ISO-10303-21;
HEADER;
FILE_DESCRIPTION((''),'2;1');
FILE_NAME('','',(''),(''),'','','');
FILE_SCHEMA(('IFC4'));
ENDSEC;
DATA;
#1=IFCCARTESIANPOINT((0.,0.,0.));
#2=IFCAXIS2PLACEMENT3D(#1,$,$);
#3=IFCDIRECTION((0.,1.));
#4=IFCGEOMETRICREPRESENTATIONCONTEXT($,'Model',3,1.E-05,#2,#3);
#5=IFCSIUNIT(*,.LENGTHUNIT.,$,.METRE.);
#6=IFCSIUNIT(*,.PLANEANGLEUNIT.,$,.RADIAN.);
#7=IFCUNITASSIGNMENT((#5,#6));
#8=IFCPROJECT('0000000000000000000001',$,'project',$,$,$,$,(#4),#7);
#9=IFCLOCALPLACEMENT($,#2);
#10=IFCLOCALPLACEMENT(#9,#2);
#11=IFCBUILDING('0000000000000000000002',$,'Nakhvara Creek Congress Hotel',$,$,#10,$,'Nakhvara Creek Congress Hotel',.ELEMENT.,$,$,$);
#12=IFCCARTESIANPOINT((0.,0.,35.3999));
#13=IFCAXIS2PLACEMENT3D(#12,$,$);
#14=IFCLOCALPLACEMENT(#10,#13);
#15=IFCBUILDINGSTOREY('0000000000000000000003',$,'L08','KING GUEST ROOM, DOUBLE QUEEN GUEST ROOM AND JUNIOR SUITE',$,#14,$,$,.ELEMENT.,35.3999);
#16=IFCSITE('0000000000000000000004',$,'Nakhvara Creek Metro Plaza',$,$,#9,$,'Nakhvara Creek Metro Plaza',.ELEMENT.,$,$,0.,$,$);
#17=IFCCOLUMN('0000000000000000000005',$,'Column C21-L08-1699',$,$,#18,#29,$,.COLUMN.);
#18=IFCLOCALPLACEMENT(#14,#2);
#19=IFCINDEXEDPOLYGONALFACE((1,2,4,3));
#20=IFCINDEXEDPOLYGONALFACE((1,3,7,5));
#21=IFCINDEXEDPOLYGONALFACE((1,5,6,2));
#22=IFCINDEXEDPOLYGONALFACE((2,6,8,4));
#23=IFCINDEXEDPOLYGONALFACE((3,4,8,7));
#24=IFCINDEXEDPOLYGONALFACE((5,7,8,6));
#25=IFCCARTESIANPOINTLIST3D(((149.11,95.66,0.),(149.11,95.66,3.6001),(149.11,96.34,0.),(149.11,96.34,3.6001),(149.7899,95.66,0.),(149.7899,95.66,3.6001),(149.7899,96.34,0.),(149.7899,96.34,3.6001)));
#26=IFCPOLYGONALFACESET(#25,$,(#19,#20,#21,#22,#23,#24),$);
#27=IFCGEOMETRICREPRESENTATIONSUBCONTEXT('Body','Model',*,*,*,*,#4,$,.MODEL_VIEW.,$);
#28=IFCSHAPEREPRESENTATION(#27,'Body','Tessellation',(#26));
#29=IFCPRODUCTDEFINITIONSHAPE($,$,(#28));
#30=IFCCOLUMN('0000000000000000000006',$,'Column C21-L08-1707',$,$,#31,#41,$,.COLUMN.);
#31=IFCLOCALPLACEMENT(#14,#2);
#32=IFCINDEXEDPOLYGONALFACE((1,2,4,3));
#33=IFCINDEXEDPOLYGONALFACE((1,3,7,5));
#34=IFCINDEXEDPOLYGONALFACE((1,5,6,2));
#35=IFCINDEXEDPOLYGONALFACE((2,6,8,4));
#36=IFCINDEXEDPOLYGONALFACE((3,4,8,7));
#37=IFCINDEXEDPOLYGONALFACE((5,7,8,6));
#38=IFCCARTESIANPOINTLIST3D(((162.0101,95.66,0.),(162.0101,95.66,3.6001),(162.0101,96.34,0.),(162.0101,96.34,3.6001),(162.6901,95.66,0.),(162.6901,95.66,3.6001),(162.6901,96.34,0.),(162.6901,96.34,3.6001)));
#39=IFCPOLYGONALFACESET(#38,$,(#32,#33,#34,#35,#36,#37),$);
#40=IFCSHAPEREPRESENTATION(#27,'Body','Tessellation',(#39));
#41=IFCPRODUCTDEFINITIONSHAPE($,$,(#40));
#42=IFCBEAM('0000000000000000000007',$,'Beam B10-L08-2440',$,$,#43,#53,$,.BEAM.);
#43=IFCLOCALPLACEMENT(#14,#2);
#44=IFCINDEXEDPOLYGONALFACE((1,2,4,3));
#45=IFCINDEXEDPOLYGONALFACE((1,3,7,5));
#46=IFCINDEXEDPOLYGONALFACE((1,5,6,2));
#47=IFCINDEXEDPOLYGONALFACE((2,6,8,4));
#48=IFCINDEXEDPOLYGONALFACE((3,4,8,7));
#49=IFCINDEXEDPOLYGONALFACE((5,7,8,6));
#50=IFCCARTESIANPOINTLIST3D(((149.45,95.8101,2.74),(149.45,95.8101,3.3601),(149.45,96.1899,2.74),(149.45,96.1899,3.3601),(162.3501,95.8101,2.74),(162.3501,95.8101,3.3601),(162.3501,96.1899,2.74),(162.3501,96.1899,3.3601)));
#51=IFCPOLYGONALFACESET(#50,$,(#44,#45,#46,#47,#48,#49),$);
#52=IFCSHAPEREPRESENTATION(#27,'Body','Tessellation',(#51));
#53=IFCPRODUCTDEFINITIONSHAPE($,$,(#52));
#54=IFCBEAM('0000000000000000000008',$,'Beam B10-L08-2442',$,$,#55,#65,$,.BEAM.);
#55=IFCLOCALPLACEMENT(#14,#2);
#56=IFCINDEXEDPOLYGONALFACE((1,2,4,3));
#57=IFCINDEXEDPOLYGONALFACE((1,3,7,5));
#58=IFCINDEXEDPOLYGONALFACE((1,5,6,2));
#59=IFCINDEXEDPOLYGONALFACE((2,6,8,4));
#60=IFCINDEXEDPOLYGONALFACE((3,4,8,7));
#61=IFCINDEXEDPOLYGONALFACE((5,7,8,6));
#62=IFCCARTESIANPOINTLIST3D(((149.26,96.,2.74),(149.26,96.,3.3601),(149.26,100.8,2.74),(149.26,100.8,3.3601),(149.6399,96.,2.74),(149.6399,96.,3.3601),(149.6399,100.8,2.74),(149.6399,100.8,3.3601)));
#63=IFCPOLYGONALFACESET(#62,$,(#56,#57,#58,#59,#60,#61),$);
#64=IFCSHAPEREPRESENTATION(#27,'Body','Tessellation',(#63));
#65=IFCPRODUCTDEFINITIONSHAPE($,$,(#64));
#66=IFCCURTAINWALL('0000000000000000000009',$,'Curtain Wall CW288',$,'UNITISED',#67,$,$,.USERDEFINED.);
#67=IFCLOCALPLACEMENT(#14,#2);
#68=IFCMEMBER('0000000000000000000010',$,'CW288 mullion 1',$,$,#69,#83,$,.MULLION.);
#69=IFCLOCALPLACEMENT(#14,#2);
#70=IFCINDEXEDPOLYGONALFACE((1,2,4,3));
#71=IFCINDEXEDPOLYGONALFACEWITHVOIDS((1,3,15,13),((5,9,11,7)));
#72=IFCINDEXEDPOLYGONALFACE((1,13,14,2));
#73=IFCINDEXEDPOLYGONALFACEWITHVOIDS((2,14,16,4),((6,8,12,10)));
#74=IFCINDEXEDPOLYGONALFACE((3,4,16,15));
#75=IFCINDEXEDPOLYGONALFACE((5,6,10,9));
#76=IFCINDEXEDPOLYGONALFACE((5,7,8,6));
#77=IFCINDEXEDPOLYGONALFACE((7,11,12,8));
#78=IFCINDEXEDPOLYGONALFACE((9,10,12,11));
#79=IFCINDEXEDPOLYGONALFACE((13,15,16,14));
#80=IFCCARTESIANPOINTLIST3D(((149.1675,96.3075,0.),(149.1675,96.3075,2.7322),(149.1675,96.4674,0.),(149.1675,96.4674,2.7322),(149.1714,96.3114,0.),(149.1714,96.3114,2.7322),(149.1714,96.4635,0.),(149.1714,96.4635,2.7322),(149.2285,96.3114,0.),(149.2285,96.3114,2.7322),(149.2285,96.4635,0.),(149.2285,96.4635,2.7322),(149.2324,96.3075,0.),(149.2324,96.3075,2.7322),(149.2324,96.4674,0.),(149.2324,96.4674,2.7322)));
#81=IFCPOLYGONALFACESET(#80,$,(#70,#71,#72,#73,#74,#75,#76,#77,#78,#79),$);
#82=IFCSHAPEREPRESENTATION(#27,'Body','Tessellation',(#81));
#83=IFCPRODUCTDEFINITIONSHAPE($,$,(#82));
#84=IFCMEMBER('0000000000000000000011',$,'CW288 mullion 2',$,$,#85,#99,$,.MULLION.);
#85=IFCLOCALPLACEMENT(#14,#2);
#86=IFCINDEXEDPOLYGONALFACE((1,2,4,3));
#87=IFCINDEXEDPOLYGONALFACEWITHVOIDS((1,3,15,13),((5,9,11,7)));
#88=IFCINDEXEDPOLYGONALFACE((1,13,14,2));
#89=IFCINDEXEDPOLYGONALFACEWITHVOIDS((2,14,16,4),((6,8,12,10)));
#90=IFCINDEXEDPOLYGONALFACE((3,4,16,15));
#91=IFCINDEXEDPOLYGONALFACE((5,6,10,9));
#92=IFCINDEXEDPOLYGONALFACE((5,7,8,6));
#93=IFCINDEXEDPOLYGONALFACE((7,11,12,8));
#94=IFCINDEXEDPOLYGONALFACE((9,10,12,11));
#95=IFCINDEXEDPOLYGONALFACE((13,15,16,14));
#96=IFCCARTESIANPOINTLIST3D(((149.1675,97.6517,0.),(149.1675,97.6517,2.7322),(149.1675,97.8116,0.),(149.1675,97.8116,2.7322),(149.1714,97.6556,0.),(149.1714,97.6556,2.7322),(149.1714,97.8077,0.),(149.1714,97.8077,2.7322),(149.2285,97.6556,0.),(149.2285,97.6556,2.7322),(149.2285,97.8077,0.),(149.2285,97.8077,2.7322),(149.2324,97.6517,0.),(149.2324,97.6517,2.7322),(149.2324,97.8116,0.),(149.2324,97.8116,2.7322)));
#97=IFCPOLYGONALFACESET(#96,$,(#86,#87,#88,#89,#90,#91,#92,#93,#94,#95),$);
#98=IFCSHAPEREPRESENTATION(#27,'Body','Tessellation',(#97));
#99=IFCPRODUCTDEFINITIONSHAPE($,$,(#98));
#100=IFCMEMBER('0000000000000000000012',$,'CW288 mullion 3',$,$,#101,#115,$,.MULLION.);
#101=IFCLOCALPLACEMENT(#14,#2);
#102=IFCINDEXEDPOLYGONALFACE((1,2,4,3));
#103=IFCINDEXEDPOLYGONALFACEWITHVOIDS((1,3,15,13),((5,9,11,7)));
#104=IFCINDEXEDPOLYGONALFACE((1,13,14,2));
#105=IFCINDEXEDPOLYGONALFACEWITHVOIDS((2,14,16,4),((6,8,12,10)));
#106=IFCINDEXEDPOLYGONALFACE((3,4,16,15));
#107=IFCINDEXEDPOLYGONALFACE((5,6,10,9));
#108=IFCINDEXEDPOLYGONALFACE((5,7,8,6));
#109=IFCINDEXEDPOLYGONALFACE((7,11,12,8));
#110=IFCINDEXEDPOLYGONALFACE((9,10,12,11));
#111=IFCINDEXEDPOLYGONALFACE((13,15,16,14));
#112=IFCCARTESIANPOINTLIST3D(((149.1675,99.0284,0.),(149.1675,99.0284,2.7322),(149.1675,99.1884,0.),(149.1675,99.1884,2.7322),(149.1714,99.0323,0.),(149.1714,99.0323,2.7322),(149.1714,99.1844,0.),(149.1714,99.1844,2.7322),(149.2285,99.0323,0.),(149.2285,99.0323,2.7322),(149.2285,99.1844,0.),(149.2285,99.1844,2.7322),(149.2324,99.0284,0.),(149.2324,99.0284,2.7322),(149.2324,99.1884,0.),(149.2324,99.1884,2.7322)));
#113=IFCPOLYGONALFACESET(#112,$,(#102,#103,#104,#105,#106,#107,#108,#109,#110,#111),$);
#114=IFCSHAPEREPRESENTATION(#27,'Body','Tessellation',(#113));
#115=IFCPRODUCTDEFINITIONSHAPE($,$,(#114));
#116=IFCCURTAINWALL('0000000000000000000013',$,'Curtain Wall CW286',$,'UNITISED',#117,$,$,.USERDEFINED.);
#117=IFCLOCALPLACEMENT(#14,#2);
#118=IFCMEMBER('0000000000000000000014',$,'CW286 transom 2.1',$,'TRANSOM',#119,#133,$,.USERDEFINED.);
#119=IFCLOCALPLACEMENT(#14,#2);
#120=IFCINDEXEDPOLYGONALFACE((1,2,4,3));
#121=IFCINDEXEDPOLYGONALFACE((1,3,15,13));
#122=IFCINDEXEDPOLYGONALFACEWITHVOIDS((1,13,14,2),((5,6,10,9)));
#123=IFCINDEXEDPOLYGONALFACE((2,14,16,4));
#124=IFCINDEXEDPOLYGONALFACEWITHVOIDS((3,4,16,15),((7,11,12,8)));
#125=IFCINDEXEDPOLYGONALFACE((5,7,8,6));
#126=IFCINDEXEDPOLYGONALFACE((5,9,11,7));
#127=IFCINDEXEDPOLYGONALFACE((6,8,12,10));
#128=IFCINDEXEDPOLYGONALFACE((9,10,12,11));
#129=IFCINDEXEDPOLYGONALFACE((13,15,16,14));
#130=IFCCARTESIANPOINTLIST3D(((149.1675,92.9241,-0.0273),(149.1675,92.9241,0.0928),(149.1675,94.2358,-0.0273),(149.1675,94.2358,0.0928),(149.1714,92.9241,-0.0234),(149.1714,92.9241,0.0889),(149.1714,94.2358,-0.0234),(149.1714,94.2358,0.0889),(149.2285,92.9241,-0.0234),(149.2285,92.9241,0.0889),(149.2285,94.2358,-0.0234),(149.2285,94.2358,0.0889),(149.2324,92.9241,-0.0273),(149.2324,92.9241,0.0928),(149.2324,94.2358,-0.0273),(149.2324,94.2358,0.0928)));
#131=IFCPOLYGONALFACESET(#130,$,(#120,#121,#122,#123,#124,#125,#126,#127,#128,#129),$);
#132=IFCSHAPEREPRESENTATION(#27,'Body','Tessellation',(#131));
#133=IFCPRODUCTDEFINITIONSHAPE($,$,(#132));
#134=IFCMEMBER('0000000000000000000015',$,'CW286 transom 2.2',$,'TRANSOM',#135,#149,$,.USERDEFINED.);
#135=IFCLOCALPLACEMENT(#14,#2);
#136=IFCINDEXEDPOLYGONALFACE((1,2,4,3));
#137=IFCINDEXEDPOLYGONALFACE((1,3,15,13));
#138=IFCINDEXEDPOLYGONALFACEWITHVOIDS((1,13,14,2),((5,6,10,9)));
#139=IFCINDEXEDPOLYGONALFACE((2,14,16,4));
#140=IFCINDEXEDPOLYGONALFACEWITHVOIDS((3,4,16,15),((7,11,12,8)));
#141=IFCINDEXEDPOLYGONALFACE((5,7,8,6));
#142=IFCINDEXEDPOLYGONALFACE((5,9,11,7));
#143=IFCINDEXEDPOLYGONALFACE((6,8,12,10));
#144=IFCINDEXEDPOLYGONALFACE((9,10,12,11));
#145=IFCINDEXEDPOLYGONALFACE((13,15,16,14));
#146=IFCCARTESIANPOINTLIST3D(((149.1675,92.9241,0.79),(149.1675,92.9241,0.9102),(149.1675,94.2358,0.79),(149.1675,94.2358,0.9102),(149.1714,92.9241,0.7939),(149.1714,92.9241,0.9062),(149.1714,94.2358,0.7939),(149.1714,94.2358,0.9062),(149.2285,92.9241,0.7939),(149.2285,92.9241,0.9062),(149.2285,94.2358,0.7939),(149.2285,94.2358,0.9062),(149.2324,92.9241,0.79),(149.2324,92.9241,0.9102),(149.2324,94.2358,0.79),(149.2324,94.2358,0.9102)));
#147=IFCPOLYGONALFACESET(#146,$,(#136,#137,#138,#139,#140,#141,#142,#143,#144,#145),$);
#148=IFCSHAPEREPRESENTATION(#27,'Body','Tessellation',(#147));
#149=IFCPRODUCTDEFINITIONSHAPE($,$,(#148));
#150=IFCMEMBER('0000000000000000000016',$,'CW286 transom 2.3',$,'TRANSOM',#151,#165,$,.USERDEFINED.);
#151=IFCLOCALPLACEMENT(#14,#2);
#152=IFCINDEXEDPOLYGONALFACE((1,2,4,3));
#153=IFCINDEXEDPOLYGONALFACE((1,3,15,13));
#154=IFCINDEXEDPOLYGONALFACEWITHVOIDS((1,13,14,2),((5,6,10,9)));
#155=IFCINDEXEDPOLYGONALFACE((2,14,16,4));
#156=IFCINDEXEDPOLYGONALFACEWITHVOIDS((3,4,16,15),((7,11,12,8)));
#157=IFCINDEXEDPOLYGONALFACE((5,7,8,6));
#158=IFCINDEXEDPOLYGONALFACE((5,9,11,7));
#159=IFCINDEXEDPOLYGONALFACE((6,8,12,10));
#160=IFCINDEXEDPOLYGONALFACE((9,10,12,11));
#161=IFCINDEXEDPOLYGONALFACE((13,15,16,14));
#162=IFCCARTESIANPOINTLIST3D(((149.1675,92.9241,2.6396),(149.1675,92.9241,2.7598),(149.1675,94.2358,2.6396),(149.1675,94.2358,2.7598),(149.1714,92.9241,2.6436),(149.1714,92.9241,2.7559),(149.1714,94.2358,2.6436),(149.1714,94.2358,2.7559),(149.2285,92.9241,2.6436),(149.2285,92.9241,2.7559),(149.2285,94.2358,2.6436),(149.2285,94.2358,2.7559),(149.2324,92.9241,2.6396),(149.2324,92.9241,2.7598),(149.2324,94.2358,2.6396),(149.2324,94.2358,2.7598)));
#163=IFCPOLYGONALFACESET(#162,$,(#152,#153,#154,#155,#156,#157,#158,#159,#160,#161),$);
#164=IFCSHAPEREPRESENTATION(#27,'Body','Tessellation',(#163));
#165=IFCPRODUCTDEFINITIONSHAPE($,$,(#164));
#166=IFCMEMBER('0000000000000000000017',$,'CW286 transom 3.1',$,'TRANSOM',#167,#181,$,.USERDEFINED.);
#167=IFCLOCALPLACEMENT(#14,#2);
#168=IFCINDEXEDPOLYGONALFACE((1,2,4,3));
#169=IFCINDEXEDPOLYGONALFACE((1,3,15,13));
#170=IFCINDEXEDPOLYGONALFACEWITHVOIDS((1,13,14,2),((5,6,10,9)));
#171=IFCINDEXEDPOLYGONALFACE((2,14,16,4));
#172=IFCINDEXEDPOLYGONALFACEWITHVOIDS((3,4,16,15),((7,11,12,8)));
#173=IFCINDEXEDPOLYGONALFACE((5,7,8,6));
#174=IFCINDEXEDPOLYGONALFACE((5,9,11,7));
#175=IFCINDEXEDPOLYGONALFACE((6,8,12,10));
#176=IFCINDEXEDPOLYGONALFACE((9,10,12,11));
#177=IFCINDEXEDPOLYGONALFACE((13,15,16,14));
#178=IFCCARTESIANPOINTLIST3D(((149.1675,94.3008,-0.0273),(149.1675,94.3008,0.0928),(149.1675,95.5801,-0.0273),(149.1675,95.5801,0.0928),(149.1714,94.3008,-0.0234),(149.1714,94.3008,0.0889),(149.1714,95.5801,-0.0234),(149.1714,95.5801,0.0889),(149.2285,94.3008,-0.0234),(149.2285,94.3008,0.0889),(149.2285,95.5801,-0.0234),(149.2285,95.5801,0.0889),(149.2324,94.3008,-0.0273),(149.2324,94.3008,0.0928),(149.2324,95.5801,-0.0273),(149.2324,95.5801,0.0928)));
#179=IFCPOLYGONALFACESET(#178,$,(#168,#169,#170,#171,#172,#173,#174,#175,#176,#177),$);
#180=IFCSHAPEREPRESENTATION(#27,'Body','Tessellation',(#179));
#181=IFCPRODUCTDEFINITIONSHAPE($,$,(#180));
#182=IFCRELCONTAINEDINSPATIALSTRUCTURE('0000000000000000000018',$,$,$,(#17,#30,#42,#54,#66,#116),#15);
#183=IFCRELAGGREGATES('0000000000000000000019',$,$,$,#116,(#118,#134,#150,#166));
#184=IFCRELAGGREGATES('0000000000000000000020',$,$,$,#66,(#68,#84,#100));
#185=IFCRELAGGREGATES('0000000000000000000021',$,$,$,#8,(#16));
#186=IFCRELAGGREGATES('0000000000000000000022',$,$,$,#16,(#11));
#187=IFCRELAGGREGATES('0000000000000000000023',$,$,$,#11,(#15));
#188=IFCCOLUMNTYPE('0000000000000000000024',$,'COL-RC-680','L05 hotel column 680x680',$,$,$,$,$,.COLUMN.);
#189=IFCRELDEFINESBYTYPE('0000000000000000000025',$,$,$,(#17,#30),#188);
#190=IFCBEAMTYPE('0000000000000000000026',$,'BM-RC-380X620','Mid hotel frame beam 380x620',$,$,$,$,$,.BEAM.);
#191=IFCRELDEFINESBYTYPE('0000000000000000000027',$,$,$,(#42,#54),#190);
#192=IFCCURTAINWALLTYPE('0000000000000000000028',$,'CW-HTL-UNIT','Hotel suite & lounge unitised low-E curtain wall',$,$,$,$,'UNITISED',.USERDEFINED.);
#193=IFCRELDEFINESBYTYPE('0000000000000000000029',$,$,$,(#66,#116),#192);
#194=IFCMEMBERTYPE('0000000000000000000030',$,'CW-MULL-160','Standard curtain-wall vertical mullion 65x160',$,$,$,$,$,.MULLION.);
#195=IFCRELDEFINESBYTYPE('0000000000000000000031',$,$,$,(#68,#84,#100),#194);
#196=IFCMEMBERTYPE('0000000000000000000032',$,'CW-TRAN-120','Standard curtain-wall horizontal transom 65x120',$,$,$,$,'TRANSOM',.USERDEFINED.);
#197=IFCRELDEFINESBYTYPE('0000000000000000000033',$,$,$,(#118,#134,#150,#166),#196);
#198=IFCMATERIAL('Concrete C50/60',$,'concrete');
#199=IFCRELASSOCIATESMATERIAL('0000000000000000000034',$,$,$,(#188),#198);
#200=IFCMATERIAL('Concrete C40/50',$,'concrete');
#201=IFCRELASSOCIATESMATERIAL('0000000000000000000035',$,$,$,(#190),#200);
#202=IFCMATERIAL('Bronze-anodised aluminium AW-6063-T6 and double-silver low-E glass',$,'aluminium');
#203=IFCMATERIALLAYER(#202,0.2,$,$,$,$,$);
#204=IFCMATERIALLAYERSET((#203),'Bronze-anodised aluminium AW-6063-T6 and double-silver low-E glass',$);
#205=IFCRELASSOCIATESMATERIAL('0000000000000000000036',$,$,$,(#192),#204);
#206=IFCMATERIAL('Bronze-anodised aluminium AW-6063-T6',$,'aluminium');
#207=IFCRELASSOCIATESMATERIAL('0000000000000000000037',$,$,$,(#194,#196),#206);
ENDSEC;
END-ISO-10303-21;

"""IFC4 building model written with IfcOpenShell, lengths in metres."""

from ifc_helpers import new_model, si_unit, direction, frame, origin, origin_2d, place, context, subcontext, project, spatial, rectangle, hollow_rectangle, extrude, material, layer, layer_set, material_profile, profile_set, type_object, element, aggregate, save


model = new_model("IFC4")

# Units and contexts
model_context = context("Model", 3, precision=1e-05, world=origin(), true_north=direction((0.0, 1.0)))
body_context = subcontext(model_context, "Body", "Model", "MODEL_VIEW")
ifc_project = project(units=[si_unit("LENGTHUNIT", "METRE"), si_unit("PLANEANGLEUNIT", "RADIAN")], contexts=[model_context])

# Site, building, storey
site_placement = place(None, origin())
site = spatial("IfcSite", under=ifc_project, at=site_placement, Name="Nakhvara Creek Metro Plaza", LongName="Nakhvara Creek Metro Plaza", CompositionType="ELEMENT", RefElevation=0.0)
building_placement = place(site_placement, origin())
building = spatial("IfcBuilding", under=site, at=building_placement, Name="Nakhvara Creek Congress Hotel", LongName="Nakhvara Creek Congress Hotel", CompositionType="ELEMENT")
storey_placement = place(building_placement, frame((0.0, 0.0, 35.3999)))
storey = spatial("IfcBuildingStorey", under=building, at=storey_placement, Name="L08", Description="KING GUEST ROOM, DOUBLE QUEEN GUEST ROOM AND JUNIOR SUITE", CompositionType="ELEMENT", Elevation=35.3999)

# Columns
ifc_material_1 = material(Name="Concrete C50/60", Category="concrete")
ifc_material_profile_1 = material_profile(ifc_material_1, rectangle(XDim=0.6799, YDim=0.6799, at=origin_2d()), Name="RC-COL 680x680", Category="LoadBearing")
ifc_profile_set_1 = profile_set([ifc_material_profile_1], Name="Concrete C50/60")
column_type = type_object("IfcColumnType", Name="COL-RC-680", Description="L05 hotel column 680x680", PredefinedType="COLUMN", material=ifc_profile_set_1)
for number, where, z_axis, x_axis, name in (
    (1, (149.45, 96.0, 0.0), (0.0, 0.0, 1.0), (1.0, 0.0, 0.0), "Column C21-L08-1699"),
    (2, (162.3501, 96.0, 0.0), (0.0, 0.0, 1.0), (1.0, 0.0, 0.0), "Column C21-L08-1707"),
):
    element("IfcColumn", number, at=place(storey_placement, frame(where, z_axis=z_axis, x_axis=x_axis)), inside=storey, type_object=column_type, Name=name, PredefinedType="COLUMN", context=body_context, shape_type="SweptSolid", body=[
        extrude(rectangle(XDim=0.6799, YDim=0.6799, at=origin_2d()), origin(), (0.0, 0.0, 1.0), 3.6001),
    ])

# Beams
ifc_material_2 = material(Name="Concrete C40/50", Category="concrete")
ifc_material_profile_2 = material_profile(ifc_material_2, rectangle(XDim=0.3799, YDim=0.6201, at=origin_2d()), Name="RC-BM 380x620", Category="LoadBearing")
ifc_profile_set_2 = profile_set([ifc_material_profile_2], Name="Concrete C40/50")
beam_type = type_object("IfcBeamType", Name="BM-RC-380X620", Description="Mid hotel frame beam 380x620", PredefinedType="BEAM", material=ifc_profile_set_2)
beam_1_placement = place(storey_placement, frame((149.45, 96.0, 3.05), z_axis=(1.0, 0.0, 0.0), x_axis=(0.0, 1.0, 0.0)))
element("IfcBeam", 3, at=beam_1_placement, inside=storey, type_object=beam_type, Name="Beam B10-L08-2440", PredefinedType="BEAM", context=body_context, shape_type="SweptSolid", body=[
    extrude(rectangle(XDim=0.3799, YDim=0.6201, at=origin_2d()), origin(), (0.0, 0.0, 1.0), 12.9001),
])
beam_2_placement = place(storey_placement, frame((149.45, 96.0, 3.05), z_axis=(0.0, 1.0, 0.0), x_axis=(-1.0, 0.0, 0.0)))
element("IfcBeam", 4, at=beam_2_placement, inside=storey, type_object=beam_type, Name="Beam B10-L08-2442", PredefinedType="BEAM", context=body_context, shape_type="SweptSolid", body=[
    extrude(rectangle(XDim=0.3799, YDim=0.6201, at=origin_2d()), origin(), (0.0, 0.0, 1.0), 4.8),
])

# Curtain walls, members
ifc_material_3 = material(Name="Bronze-anodised aluminium AW-6063-T6 and double-silver low-E glass", Category="aluminium")
ifc_layer_1 = layer(ifc_material_3, 0.2)
ifc_layer_set_1 = layer_set([ifc_layer_1], Name="Bronze-anodised aluminium AW-6063-T6 and double-silver low-E glass")
curtain_wall_type = type_object("IfcCurtainWallType", Name="CW-HTL-UNIT", Description="Hotel suite & lounge unitised low-E curtain wall", ElementType="UNITISED", PredefinedType="USERDEFINED", material=ifc_layer_set_1)
curtain_wall_1_placement = place(storey_placement, origin())
curtain_wall_1 = element("IfcCurtainWall", 5, at=curtain_wall_1_placement, inside=storey, type_object=curtain_wall_type, Name="Curtain Wall CW288", ObjectType="UNITISED", PredefinedType="USERDEFINED")
ifc_material_4 = material(Name="Bronze-anodised aluminium AW-6063-T6", Category="aluminium")
ifc_material_profile_3 = material_profile(ifc_material_4, hollow_rectangle(XDim=0.0649, YDim=0.1599, WallThickness=0.0039, at=origin_2d()), Name="ALU-MULL 65x160x4", Category="LoadBearing")
ifc_profile_set_3 = profile_set([ifc_material_profile_3], Name="Bronze-anodised aluminium AW-6063-T6")
member_type_1 = type_object("IfcMemberType", Name="CW-MULL-160", Description="Standard curtain-wall vertical mullion 65x160", PredefinedType="MULLION", material=ifc_profile_set_3)
member_1_placement = place(storey_placement, frame((149.2, 96.3875, 0.0), z_axis=(0.0, 0.0, 1.0), x_axis=(-1.0, 0.0, 0.0)))
member_1 = element("IfcMember", 6, at=member_1_placement, type_object=member_type_1, Name="CW288 mullion 1", PredefinedType="MULLION", context=body_context, shape_type="SweptSolid", body=[
    extrude(hollow_rectangle(XDim=0.0649, YDim=0.1599, WallThickness=0.0039, at=origin_2d()), origin(), (0.0, 0.0, 1.0), 2.7322),
])
member_2_placement = place(storey_placement, frame((149.2, 97.7317, 0.0), z_axis=(0.0, 0.0, 1.0), x_axis=(-1.0, 0.0, 0.0)))
member_2 = element("IfcMember", 7, at=member_2_placement, type_object=member_type_1, Name="CW288 mullion 2", PredefinedType="MULLION", context=body_context, shape_type="SweptSolid", body=[
    extrude(hollow_rectangle(XDim=0.0649, YDim=0.1599, WallThickness=0.0039, at=origin_2d()), origin(), (0.0, 0.0, 1.0), 2.7322),
])
member_3_placement = place(storey_placement, frame((149.2, 99.1084, 0.0), z_axis=(0.0, 0.0, 1.0), x_axis=(-1.0, 0.0, 0.0)))
member_3 = element("IfcMember", 8, at=member_3_placement, type_object=member_type_1, Name="CW288 mullion 3", PredefinedType="MULLION", context=body_context, shape_type="SweptSolid", body=[
    extrude(hollow_rectangle(XDim=0.0649, YDim=0.1599, WallThickness=0.0039, at=origin_2d()), origin(), (0.0, 0.0, 1.0), 2.7322),
])
curtain_wall_2_placement = place(storey_placement, origin())
curtain_wall_2 = element("IfcCurtainWall", 9, at=curtain_wall_2_placement, inside=storey, type_object=curtain_wall_type, Name="Curtain Wall CW286", ObjectType="UNITISED", PredefinedType="USERDEFINED")
ifc_material_profile_4 = material_profile(ifc_material_4, hollow_rectangle(XDim=0.0649, YDim=0.1201, WallThickness=0.0039, at=origin_2d()), Name="ALU-TRAN 65x120x4", Category="LoadBearing")
ifc_profile_set_4 = profile_set([ifc_material_profile_4], Name="Bronze-anodised aluminium AW-6063-T6")
member_type_2 = type_object("IfcMemberType", Name="CW-TRAN-120", Description="Standard curtain-wall horizontal transom 65x120", ElementType="TRANSOM", PredefinedType="USERDEFINED", material=ifc_profile_set_4)
member_4_placement = place(storey_placement, frame((149.2, 92.9241, 0.0327), z_axis=(0.0, 1.0, 0.0), x_axis=(-1.0, 0.0, 0.0)))
member_4 = element("IfcMember", 10, at=member_4_placement, type_object=member_type_2, Name="CW286 transom 2.1", ObjectType="TRANSOM", PredefinedType="USERDEFINED", context=body_context, shape_type="SweptSolid", body=[
    extrude(hollow_rectangle(XDim=0.0649, YDim=0.1201, WallThickness=0.0039, at=origin_2d()), origin(), (0.0, 0.0, 1.0), 1.3118),
])
member_5_placement = place(storey_placement, frame((149.2, 92.9241, 0.8501), z_axis=(0.0, 1.0, 0.0), x_axis=(-1.0, 0.0, 0.0)))
member_5 = element("IfcMember", 11, at=member_5_placement, type_object=member_type_2, Name="CW286 transom 2.2", ObjectType="TRANSOM", PredefinedType="USERDEFINED", context=body_context, shape_type="SweptSolid", body=[
    extrude(hollow_rectangle(XDim=0.0649, YDim=0.1201, WallThickness=0.0039, at=origin_2d()), origin(), (0.0, 0.0, 1.0), 1.3118),
])
member_6_placement = place(storey_placement, frame((149.2, 92.9241, 2.6997), z_axis=(0.0, 1.0, 0.0), x_axis=(-1.0, 0.0, 0.0)))
member_6 = element("IfcMember", 12, at=member_6_placement, type_object=member_type_2, Name="CW286 transom 2.3", ObjectType="TRANSOM", PredefinedType="USERDEFINED", context=body_context, shape_type="SweptSolid", body=[
    extrude(hollow_rectangle(XDim=0.0649, YDim=0.1201, WallThickness=0.0039, at=origin_2d()), origin(), (0.0, 0.0, 1.0), 1.3118),
])
member_7_placement = place(storey_placement, frame((149.2, 94.3008, 0.0327), z_axis=(0.0, 1.0, 0.0), x_axis=(-1.0, 0.0, 0.0)))
member_7 = element("IfcMember", 13, at=member_7_placement, type_object=member_type_2, Name="CW286 transom 3.1", ObjectType="TRANSOM", PredefinedType="USERDEFINED", context=body_context, shape_type="SweptSolid", body=[
    extrude(hollow_rectangle(XDim=0.0649, YDim=0.1201, WallThickness=0.0039, at=origin_2d()), origin(), (0.0, 0.0, 1.0), 1.2793),
])

aggregate(curtain_wall_2, [member_4, member_5, member_6, member_7])
aggregate(curtain_wall_1, [member_1, member_2, member_3])

save(model, "model.ifc")
